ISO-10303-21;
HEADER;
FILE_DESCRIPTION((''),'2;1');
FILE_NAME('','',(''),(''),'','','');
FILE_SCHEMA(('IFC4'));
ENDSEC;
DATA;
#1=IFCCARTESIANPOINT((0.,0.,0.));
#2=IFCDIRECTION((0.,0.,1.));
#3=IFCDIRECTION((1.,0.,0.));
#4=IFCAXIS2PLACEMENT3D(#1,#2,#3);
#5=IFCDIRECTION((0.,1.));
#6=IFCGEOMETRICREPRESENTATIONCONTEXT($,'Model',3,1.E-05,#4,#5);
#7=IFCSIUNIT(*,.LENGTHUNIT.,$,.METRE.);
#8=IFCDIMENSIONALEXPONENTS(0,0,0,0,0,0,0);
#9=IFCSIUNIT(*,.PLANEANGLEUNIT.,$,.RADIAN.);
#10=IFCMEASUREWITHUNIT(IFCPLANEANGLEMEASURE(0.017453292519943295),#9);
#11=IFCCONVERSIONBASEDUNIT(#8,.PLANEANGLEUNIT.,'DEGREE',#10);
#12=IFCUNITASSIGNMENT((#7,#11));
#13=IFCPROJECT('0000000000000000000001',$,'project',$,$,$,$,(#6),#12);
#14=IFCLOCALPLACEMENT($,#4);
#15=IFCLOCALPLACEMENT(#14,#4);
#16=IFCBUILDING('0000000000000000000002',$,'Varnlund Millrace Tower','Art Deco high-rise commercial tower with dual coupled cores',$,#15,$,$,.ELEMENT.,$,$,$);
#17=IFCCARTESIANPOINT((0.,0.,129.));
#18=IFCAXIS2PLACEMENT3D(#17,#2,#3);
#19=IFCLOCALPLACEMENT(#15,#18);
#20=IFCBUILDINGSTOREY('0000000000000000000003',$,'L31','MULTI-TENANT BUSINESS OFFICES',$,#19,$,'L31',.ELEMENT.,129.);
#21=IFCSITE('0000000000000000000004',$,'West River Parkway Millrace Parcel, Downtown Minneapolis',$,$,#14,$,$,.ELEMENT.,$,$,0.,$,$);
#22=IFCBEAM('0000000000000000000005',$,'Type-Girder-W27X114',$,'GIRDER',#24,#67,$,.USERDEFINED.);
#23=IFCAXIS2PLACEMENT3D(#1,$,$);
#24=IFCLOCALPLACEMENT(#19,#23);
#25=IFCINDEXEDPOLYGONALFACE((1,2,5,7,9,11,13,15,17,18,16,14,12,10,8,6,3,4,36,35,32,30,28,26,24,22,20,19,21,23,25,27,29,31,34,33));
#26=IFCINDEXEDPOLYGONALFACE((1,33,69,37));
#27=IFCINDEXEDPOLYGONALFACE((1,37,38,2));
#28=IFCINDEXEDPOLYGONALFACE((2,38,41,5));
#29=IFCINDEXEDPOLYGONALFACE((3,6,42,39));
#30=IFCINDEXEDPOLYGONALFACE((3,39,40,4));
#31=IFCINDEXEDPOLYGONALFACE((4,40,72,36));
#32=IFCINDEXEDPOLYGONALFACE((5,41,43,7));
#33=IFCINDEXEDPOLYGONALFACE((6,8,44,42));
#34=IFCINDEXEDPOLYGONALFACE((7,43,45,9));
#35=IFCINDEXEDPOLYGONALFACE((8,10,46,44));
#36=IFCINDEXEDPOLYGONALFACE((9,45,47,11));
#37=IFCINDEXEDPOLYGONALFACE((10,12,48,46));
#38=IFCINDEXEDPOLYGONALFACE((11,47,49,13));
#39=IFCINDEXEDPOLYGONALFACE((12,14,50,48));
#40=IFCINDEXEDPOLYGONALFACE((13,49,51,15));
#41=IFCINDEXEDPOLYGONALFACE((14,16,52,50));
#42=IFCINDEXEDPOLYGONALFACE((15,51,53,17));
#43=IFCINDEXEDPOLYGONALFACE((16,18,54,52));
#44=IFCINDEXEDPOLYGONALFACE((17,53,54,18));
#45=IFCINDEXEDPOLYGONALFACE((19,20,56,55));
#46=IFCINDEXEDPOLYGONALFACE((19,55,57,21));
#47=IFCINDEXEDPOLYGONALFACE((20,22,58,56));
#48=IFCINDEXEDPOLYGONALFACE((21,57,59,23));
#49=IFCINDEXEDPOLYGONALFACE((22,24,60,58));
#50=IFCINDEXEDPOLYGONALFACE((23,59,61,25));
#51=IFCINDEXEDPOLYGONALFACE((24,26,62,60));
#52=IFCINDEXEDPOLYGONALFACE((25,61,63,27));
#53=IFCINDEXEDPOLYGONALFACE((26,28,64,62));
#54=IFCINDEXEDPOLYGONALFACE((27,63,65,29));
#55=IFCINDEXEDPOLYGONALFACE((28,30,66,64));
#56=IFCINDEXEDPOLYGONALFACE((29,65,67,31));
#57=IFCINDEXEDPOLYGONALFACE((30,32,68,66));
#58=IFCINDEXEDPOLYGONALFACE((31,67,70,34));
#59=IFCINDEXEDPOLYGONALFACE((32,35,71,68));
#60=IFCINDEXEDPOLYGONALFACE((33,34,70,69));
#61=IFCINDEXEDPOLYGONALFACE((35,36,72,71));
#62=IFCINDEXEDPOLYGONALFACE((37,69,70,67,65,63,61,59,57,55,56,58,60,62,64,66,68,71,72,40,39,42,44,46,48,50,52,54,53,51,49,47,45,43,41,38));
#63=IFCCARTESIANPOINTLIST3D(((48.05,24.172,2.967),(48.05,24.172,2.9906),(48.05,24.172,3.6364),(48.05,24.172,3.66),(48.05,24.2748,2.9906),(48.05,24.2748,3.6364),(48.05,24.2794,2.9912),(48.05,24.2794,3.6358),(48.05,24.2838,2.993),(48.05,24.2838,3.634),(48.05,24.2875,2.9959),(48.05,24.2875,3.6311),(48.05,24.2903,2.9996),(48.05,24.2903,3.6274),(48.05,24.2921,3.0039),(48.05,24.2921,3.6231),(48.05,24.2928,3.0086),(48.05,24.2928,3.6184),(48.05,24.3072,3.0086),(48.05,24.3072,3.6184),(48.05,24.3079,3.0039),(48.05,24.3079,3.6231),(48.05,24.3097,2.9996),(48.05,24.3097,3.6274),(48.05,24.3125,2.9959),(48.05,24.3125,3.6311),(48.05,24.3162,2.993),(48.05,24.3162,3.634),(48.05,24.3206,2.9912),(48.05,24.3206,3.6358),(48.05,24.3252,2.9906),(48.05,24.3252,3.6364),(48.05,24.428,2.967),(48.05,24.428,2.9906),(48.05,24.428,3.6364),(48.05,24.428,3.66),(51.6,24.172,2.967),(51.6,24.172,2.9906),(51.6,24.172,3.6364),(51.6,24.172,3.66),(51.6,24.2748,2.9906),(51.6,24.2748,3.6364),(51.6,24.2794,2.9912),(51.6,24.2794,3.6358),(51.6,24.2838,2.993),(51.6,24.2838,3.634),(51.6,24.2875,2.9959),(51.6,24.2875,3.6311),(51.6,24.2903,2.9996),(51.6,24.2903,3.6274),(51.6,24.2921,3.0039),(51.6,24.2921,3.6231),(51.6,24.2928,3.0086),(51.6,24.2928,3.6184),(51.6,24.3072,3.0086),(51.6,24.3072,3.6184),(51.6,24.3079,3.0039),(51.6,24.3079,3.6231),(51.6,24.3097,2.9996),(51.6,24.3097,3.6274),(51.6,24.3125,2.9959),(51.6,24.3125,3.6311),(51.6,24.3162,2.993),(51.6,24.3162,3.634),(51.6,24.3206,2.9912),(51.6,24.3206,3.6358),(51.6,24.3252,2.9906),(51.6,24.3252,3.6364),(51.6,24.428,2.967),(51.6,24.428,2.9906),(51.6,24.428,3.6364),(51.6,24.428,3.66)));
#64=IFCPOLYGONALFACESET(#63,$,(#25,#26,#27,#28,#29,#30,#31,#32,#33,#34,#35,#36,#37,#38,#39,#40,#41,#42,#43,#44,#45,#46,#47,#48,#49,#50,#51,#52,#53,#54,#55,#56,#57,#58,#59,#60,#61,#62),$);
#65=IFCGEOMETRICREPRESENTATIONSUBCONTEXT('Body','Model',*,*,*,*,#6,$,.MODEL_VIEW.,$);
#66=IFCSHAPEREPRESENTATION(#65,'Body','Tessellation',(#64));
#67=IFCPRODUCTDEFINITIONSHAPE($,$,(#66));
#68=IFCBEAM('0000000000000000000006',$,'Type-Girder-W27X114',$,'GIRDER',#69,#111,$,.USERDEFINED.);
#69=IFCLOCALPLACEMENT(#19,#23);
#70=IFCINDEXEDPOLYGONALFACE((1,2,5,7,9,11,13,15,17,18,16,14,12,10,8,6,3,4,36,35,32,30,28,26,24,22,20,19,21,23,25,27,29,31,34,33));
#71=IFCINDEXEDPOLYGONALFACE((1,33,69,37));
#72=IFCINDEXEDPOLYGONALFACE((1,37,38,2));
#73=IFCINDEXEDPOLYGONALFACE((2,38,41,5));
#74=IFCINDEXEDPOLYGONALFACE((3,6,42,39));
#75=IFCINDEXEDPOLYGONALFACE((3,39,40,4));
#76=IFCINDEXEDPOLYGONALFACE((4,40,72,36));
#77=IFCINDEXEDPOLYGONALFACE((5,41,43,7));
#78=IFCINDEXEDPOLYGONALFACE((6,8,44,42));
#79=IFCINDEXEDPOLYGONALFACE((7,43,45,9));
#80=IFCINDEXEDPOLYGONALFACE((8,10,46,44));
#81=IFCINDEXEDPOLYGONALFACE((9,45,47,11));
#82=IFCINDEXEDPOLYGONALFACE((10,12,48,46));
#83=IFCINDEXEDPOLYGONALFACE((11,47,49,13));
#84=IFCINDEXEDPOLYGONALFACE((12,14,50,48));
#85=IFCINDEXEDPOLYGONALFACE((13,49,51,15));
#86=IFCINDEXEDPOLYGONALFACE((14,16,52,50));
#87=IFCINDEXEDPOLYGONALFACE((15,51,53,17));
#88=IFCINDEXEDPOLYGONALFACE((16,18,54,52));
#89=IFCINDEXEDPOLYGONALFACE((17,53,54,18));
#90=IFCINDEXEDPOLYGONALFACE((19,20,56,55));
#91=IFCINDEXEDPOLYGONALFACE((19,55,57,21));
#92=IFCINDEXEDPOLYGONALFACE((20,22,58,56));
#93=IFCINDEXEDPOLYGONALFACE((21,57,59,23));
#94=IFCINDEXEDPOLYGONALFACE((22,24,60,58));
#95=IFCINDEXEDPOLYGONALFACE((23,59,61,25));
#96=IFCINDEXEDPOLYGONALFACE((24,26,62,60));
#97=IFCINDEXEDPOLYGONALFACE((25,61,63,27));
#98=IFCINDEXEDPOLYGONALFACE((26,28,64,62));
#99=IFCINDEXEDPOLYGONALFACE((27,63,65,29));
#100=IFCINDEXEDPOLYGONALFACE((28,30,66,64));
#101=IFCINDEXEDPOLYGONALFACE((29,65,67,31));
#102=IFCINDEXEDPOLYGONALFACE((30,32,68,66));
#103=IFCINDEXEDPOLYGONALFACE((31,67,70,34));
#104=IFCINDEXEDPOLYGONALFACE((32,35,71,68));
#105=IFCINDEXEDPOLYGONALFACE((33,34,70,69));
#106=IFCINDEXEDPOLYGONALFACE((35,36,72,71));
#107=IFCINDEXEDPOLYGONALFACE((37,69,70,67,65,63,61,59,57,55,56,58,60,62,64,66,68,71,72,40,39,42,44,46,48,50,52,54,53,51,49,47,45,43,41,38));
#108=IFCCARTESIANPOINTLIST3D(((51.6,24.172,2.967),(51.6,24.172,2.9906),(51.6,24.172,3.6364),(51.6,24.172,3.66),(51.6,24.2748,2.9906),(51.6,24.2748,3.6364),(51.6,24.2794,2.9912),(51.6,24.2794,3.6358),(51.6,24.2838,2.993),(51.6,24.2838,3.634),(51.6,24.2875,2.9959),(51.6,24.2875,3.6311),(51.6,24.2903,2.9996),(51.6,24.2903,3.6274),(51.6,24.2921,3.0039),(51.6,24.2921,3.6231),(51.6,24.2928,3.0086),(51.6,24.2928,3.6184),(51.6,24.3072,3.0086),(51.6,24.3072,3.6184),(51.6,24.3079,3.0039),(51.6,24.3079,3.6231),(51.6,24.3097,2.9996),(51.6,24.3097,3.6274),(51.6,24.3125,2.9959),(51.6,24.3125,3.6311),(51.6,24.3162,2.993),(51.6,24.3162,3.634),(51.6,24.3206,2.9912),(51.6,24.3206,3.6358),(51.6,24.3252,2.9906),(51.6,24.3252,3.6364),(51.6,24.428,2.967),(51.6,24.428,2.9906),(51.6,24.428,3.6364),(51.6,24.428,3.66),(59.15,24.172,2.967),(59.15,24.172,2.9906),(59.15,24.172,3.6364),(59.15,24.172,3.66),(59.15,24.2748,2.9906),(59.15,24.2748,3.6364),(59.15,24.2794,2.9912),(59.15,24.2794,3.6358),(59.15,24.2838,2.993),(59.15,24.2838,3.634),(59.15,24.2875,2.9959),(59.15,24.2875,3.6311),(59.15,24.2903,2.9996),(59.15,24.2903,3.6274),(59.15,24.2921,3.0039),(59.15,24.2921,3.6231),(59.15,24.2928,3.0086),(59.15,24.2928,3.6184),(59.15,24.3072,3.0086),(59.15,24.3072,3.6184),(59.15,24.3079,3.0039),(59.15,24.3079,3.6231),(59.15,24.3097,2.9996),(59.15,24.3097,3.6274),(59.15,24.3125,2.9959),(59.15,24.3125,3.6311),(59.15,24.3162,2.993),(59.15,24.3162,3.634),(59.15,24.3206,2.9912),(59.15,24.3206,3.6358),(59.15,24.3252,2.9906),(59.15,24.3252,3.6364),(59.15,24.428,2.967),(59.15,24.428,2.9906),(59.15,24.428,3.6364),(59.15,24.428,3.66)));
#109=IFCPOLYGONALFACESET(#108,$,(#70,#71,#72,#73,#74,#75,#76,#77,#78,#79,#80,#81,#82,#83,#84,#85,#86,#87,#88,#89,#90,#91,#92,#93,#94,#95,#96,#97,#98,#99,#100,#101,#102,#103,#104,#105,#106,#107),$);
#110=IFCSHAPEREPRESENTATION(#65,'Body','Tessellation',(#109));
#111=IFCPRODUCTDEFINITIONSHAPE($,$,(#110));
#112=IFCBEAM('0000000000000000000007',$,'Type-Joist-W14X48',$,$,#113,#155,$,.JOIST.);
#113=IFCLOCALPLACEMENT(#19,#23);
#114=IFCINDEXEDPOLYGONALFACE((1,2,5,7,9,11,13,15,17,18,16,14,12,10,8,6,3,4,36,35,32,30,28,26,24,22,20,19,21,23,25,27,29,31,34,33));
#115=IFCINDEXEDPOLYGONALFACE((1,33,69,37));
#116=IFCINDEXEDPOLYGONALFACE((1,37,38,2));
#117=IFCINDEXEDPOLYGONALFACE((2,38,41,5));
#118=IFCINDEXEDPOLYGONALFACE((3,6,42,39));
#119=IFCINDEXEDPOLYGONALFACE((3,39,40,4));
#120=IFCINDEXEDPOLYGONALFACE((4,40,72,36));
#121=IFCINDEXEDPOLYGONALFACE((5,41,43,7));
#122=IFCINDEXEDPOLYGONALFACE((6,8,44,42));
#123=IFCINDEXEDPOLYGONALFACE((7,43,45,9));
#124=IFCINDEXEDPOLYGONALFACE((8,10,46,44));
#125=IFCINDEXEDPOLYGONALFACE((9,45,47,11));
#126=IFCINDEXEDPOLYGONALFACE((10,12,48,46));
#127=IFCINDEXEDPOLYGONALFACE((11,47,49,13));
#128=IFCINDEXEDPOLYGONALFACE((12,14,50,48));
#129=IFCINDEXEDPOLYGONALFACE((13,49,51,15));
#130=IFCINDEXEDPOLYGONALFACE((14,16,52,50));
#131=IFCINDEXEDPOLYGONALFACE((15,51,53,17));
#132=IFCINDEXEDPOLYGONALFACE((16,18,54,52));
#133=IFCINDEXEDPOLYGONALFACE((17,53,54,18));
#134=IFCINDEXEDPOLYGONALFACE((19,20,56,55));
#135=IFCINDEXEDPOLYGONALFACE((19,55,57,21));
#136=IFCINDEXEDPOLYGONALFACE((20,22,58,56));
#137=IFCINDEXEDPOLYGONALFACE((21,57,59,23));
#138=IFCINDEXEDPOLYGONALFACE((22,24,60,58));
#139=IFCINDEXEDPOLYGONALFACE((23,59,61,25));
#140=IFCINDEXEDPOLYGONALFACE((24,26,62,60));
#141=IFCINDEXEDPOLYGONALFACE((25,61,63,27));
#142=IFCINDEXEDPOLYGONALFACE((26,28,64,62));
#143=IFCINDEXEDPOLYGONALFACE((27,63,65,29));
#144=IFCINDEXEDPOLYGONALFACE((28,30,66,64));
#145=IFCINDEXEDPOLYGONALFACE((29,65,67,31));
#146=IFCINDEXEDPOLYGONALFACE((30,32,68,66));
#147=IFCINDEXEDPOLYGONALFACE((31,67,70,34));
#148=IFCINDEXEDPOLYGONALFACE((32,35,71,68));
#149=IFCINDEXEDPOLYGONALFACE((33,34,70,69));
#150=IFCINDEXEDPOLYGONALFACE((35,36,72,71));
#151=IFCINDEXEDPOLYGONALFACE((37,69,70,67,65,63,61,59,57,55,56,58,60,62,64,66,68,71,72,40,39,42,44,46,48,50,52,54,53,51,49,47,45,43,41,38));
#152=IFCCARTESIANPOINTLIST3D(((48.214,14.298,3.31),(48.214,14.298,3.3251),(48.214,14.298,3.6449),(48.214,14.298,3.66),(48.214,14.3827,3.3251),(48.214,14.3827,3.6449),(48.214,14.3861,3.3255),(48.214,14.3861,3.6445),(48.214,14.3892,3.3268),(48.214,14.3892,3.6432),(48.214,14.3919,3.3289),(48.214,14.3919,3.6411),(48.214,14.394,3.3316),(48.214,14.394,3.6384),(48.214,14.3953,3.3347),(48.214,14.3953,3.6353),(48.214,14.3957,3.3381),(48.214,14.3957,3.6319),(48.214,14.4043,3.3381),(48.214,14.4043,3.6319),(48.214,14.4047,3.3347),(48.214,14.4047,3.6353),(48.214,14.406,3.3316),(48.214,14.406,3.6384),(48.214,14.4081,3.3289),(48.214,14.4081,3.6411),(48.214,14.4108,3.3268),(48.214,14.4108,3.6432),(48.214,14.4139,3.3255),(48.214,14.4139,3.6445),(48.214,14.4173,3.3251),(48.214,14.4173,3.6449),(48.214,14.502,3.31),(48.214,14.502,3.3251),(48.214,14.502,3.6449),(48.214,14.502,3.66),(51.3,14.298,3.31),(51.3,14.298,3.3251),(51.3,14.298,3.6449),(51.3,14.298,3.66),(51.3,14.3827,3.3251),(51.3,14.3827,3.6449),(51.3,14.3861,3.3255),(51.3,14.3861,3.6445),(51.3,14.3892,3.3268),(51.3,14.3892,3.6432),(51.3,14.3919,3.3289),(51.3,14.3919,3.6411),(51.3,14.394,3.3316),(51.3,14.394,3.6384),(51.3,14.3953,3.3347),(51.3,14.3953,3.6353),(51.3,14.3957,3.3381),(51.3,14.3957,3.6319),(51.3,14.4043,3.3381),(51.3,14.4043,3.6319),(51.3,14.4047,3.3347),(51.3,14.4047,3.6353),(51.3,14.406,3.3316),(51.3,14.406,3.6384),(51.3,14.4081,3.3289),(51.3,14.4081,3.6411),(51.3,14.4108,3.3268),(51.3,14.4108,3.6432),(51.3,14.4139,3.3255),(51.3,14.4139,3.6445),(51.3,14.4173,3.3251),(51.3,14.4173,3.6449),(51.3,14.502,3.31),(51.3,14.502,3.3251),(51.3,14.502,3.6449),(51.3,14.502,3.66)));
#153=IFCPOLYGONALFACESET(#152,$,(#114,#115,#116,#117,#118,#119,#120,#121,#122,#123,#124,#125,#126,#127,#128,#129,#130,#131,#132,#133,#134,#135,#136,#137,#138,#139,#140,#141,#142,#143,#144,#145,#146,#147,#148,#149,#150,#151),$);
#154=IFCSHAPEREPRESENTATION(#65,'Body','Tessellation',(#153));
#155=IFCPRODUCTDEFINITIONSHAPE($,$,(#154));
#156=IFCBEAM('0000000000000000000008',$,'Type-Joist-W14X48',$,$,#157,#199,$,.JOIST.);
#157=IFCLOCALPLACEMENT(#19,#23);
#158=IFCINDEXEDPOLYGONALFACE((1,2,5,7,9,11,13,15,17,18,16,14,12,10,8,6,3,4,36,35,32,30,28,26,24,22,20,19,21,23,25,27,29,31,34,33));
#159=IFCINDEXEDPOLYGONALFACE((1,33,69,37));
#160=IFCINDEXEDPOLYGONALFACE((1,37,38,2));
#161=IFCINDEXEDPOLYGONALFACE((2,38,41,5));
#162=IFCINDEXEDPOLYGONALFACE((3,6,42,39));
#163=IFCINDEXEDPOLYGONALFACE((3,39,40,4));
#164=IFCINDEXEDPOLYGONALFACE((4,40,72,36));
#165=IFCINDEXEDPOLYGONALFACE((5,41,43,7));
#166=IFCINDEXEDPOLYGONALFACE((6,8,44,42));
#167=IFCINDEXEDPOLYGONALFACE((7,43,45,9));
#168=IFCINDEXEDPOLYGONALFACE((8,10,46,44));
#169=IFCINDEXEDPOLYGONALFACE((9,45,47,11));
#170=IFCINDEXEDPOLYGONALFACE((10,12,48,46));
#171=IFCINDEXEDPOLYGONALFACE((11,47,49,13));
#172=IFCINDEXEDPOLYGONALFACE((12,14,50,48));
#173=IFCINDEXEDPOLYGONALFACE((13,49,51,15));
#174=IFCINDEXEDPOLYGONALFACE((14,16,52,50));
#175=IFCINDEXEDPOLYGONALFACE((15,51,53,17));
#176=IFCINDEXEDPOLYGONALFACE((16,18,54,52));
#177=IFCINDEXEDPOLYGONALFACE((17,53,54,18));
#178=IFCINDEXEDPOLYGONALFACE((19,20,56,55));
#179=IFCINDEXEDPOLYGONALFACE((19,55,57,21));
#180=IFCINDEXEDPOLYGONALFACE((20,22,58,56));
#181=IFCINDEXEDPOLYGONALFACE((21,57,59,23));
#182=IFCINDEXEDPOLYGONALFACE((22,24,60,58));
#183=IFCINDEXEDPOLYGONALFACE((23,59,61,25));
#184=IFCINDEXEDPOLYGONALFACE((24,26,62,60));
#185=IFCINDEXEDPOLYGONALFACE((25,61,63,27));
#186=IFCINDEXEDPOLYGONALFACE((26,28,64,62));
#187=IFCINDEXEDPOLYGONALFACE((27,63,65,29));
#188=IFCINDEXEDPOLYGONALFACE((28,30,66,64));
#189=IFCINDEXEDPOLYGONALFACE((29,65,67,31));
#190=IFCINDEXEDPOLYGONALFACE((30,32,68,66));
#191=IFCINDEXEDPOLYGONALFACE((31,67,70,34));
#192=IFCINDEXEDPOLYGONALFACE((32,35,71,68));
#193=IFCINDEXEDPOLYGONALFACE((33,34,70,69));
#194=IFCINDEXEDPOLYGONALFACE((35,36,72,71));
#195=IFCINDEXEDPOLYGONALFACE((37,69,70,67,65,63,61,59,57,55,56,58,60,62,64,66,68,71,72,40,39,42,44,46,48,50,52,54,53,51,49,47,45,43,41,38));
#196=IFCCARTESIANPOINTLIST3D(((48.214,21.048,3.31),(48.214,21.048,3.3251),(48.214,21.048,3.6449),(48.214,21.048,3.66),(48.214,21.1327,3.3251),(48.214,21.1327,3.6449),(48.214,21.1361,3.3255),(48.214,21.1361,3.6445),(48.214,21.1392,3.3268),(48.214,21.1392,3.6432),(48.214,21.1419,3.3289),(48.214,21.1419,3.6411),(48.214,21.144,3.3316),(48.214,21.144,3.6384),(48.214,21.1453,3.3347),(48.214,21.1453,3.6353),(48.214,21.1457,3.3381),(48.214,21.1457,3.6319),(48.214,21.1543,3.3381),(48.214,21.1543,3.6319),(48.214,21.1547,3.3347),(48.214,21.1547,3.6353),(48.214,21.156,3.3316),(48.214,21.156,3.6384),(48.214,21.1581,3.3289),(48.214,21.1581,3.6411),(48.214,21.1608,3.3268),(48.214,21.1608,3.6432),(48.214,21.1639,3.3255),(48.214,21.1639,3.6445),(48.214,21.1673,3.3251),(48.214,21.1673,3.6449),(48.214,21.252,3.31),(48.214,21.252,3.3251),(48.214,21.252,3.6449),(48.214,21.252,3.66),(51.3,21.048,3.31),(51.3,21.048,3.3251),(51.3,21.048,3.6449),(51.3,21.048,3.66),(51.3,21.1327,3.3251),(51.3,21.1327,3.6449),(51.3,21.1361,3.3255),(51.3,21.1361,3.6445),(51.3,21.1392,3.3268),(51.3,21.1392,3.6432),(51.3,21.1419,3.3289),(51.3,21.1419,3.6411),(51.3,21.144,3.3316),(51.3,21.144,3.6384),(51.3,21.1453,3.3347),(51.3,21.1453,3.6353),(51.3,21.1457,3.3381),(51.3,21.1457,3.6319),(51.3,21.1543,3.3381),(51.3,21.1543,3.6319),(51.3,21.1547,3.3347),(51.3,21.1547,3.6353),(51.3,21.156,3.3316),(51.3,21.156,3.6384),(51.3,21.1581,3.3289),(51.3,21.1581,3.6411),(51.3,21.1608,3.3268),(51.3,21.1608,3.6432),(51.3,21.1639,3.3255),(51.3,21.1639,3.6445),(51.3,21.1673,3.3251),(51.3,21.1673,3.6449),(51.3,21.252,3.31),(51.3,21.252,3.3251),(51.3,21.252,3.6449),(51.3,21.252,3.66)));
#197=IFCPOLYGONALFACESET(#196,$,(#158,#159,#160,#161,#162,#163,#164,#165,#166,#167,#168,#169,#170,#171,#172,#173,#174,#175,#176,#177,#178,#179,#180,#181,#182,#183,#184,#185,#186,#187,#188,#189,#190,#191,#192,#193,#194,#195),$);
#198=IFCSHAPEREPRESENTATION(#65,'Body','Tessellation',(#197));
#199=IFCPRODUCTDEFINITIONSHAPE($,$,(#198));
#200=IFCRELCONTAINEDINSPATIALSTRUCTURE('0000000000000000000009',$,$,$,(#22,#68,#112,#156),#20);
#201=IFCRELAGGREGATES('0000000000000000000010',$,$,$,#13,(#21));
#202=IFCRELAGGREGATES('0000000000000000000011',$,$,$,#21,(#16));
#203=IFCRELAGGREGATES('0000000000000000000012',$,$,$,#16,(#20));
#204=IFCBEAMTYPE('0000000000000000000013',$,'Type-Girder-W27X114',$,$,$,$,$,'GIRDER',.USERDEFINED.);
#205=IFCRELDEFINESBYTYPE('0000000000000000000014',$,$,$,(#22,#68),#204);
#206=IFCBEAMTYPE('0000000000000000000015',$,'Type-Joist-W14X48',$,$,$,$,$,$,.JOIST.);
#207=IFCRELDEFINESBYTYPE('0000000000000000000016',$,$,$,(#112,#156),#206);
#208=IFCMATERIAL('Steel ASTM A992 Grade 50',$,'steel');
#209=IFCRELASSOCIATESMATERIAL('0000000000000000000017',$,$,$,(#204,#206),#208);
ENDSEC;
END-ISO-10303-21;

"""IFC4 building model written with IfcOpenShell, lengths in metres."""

from ifc_helpers import new_model, entity, si_unit, converted_unit, direction, frame, origin_with_axes, origin_2d_with_axis, place, context, subcontext, project, spatial, i_section, extrude, material, material_profile, profile_set, type_object, element, save


model = new_model("IFC4")

# Units and contexts
model_context = context("Model", 3, precision=1e-05, world=origin_with_axes(), true_north=direction((0.0, 1.0)))
body_context = subcontext(model_context, "Body", "Model", "MODEL_VIEW")
ifc_project = project(units=[si_unit("LENGTHUNIT", "METRE"), converted_unit("PLANEANGLEUNIT", "DEGREE", entity("IfcPlaneAngleMeasure", 0.017453292519943295), si_unit("PLANEANGLEUNIT", "RADIAN"), dimensions=[0, 0, 0, 0, 0, 0, 0])], contexts=[model_context])

# Site, building, storey
site_placement = place(None, origin_with_axes())
site = spatial("IfcSite", under=ifc_project, at=site_placement, Name="West River Parkway Millrace Parcel, Downtown Minneapolis", CompositionType="ELEMENT", RefElevation=0.0)
building_placement = place(site_placement, origin_with_axes())
building = spatial("IfcBuilding", under=site, at=building_placement, Name="Varnlund Millrace Tower", Description="Art Deco high-rise commercial tower with dual coupled cores", CompositionType="ELEMENT")
storey_placement = place(building_placement, frame((0.0, 0.0, 129.0), z_axis=(0.0, 0.0, 1.0), x_axis=(1.0, 0.0, 0.0)))
storey = spatial("IfcBuildingStorey", under=building, at=storey_placement, Name="L31", Description="MULTI-TENANT BUSINESS OFFICES", LongName="L31", CompositionType="ELEMENT", Elevation=129.0)

# Beams
ifc_material_1 = material(Name="Steel ASTM A992 Grade 50", Category="steel")
ifc_material_profile_1 = material_profile(ifc_material_1, i_section(OverallWidth=0.256, OverallDepth=0.693, WebThickness=0.0145, FlangeThickness=0.0236, FilletRadius=0.018, at=origin_2d_with_axis()), Name="Steel ASTM A992 Grade 50")
ifc_profile_set_1 = profile_set([ifc_material_profile_1], Name="Steel ASTM A992 Grade 50")
beam_type_1 = type_object("IfcBeamType", Name="Type-Girder-W27X114", ElementType="GIRDER", PredefinedType="USERDEFINED", material=ifc_profile_set_1)
beam_1_placement = place(storey_placement, frame((48.05, 24.3, 3.3135), z_axis=(1.0, 0.0, 0.0), x_axis=(0.0, 1.0, 0.0)))
element("IfcBeam", 1, at=beam_1_placement, inside=storey, type_object=beam_type_1, Name="Type-Girder-W27X114", ObjectType="GIRDER", PredefinedType="USERDEFINED", context=body_context, shape_type="SweptSolid", body=[
    extrude(i_section(OverallWidth=0.256, OverallDepth=0.693, WebThickness=0.0145, FlangeThickness=0.0236, FilletRadius=0.018, at=origin_2d_with_axis()), origin_with_axes(), (0.0, 0.0, 1.0), 3.55),
])
beam_2_placement = place(storey_placement, frame((51.6, 24.3, 3.3135), z_axis=(1.0, 0.0, 0.0), x_axis=(0.0, 1.0, 0.0)))
element("IfcBeam", 2, at=beam_2_placement, inside=storey, type_object=beam_type_1, Name="Type-Girder-W27X114", ObjectType="GIRDER", PredefinedType="USERDEFINED", context=body_context, shape_type="SweptSolid", body=[
    extrude(i_section(OverallWidth=0.256, OverallDepth=0.693, WebThickness=0.0145, FlangeThickness=0.0236, FilletRadius=0.018, at=origin_2d_with_axis()), origin_with_axes(), (0.0, 0.0, 1.0), 7.55),
])
ifc_material_profile_2 = material_profile(ifc_material_1, i_section(OverallWidth=0.204, OverallDepth=0.35, WebThickness=0.0086, FlangeThickness=0.0151, FilletRadius=0.013, at=origin_2d_with_axis()), Name="Steel ASTM A992 Grade 50")
ifc_profile_set_2 = profile_set([ifc_material_profile_2], Name="Steel ASTM A992 Grade 50")
beam_type_2 = type_object("IfcBeamType", Name="Type-Joist-W14X48", PredefinedType="JOIST", material=ifc_profile_set_2)
for number, where, z_axis, x_axis, name in (
    (3, (48.214, 14.4, 3.485), (1.0, 0.0, 0.0), (0.0, 1.0, 0.0), "Type-Joist-W14X48"),
    (4, (48.214, 21.15, 3.485), (1.0, 0.0, 0.0), (0.0, 1.0, 0.0), "Type-Joist-W14X48"),
):
    element("IfcBeam", number, at=place(storey_placement, frame(where, z_axis=z_axis, x_axis=x_axis)), inside=storey, type_object=beam_type_2, Name=name, PredefinedType="JOIST", context=body_context, shape_type="SweptSolid", body=[
        extrude(i_section(OverallWidth=0.204, OverallDepth=0.35, WebThickness=0.0086, FlangeThickness=0.0151, FilletRadius=0.013, at=origin_2d_with_axis()), origin_with_axes(), (0.0, 0.0, 1.0), 3.086),
    ])

save(model, "model.ifc")
